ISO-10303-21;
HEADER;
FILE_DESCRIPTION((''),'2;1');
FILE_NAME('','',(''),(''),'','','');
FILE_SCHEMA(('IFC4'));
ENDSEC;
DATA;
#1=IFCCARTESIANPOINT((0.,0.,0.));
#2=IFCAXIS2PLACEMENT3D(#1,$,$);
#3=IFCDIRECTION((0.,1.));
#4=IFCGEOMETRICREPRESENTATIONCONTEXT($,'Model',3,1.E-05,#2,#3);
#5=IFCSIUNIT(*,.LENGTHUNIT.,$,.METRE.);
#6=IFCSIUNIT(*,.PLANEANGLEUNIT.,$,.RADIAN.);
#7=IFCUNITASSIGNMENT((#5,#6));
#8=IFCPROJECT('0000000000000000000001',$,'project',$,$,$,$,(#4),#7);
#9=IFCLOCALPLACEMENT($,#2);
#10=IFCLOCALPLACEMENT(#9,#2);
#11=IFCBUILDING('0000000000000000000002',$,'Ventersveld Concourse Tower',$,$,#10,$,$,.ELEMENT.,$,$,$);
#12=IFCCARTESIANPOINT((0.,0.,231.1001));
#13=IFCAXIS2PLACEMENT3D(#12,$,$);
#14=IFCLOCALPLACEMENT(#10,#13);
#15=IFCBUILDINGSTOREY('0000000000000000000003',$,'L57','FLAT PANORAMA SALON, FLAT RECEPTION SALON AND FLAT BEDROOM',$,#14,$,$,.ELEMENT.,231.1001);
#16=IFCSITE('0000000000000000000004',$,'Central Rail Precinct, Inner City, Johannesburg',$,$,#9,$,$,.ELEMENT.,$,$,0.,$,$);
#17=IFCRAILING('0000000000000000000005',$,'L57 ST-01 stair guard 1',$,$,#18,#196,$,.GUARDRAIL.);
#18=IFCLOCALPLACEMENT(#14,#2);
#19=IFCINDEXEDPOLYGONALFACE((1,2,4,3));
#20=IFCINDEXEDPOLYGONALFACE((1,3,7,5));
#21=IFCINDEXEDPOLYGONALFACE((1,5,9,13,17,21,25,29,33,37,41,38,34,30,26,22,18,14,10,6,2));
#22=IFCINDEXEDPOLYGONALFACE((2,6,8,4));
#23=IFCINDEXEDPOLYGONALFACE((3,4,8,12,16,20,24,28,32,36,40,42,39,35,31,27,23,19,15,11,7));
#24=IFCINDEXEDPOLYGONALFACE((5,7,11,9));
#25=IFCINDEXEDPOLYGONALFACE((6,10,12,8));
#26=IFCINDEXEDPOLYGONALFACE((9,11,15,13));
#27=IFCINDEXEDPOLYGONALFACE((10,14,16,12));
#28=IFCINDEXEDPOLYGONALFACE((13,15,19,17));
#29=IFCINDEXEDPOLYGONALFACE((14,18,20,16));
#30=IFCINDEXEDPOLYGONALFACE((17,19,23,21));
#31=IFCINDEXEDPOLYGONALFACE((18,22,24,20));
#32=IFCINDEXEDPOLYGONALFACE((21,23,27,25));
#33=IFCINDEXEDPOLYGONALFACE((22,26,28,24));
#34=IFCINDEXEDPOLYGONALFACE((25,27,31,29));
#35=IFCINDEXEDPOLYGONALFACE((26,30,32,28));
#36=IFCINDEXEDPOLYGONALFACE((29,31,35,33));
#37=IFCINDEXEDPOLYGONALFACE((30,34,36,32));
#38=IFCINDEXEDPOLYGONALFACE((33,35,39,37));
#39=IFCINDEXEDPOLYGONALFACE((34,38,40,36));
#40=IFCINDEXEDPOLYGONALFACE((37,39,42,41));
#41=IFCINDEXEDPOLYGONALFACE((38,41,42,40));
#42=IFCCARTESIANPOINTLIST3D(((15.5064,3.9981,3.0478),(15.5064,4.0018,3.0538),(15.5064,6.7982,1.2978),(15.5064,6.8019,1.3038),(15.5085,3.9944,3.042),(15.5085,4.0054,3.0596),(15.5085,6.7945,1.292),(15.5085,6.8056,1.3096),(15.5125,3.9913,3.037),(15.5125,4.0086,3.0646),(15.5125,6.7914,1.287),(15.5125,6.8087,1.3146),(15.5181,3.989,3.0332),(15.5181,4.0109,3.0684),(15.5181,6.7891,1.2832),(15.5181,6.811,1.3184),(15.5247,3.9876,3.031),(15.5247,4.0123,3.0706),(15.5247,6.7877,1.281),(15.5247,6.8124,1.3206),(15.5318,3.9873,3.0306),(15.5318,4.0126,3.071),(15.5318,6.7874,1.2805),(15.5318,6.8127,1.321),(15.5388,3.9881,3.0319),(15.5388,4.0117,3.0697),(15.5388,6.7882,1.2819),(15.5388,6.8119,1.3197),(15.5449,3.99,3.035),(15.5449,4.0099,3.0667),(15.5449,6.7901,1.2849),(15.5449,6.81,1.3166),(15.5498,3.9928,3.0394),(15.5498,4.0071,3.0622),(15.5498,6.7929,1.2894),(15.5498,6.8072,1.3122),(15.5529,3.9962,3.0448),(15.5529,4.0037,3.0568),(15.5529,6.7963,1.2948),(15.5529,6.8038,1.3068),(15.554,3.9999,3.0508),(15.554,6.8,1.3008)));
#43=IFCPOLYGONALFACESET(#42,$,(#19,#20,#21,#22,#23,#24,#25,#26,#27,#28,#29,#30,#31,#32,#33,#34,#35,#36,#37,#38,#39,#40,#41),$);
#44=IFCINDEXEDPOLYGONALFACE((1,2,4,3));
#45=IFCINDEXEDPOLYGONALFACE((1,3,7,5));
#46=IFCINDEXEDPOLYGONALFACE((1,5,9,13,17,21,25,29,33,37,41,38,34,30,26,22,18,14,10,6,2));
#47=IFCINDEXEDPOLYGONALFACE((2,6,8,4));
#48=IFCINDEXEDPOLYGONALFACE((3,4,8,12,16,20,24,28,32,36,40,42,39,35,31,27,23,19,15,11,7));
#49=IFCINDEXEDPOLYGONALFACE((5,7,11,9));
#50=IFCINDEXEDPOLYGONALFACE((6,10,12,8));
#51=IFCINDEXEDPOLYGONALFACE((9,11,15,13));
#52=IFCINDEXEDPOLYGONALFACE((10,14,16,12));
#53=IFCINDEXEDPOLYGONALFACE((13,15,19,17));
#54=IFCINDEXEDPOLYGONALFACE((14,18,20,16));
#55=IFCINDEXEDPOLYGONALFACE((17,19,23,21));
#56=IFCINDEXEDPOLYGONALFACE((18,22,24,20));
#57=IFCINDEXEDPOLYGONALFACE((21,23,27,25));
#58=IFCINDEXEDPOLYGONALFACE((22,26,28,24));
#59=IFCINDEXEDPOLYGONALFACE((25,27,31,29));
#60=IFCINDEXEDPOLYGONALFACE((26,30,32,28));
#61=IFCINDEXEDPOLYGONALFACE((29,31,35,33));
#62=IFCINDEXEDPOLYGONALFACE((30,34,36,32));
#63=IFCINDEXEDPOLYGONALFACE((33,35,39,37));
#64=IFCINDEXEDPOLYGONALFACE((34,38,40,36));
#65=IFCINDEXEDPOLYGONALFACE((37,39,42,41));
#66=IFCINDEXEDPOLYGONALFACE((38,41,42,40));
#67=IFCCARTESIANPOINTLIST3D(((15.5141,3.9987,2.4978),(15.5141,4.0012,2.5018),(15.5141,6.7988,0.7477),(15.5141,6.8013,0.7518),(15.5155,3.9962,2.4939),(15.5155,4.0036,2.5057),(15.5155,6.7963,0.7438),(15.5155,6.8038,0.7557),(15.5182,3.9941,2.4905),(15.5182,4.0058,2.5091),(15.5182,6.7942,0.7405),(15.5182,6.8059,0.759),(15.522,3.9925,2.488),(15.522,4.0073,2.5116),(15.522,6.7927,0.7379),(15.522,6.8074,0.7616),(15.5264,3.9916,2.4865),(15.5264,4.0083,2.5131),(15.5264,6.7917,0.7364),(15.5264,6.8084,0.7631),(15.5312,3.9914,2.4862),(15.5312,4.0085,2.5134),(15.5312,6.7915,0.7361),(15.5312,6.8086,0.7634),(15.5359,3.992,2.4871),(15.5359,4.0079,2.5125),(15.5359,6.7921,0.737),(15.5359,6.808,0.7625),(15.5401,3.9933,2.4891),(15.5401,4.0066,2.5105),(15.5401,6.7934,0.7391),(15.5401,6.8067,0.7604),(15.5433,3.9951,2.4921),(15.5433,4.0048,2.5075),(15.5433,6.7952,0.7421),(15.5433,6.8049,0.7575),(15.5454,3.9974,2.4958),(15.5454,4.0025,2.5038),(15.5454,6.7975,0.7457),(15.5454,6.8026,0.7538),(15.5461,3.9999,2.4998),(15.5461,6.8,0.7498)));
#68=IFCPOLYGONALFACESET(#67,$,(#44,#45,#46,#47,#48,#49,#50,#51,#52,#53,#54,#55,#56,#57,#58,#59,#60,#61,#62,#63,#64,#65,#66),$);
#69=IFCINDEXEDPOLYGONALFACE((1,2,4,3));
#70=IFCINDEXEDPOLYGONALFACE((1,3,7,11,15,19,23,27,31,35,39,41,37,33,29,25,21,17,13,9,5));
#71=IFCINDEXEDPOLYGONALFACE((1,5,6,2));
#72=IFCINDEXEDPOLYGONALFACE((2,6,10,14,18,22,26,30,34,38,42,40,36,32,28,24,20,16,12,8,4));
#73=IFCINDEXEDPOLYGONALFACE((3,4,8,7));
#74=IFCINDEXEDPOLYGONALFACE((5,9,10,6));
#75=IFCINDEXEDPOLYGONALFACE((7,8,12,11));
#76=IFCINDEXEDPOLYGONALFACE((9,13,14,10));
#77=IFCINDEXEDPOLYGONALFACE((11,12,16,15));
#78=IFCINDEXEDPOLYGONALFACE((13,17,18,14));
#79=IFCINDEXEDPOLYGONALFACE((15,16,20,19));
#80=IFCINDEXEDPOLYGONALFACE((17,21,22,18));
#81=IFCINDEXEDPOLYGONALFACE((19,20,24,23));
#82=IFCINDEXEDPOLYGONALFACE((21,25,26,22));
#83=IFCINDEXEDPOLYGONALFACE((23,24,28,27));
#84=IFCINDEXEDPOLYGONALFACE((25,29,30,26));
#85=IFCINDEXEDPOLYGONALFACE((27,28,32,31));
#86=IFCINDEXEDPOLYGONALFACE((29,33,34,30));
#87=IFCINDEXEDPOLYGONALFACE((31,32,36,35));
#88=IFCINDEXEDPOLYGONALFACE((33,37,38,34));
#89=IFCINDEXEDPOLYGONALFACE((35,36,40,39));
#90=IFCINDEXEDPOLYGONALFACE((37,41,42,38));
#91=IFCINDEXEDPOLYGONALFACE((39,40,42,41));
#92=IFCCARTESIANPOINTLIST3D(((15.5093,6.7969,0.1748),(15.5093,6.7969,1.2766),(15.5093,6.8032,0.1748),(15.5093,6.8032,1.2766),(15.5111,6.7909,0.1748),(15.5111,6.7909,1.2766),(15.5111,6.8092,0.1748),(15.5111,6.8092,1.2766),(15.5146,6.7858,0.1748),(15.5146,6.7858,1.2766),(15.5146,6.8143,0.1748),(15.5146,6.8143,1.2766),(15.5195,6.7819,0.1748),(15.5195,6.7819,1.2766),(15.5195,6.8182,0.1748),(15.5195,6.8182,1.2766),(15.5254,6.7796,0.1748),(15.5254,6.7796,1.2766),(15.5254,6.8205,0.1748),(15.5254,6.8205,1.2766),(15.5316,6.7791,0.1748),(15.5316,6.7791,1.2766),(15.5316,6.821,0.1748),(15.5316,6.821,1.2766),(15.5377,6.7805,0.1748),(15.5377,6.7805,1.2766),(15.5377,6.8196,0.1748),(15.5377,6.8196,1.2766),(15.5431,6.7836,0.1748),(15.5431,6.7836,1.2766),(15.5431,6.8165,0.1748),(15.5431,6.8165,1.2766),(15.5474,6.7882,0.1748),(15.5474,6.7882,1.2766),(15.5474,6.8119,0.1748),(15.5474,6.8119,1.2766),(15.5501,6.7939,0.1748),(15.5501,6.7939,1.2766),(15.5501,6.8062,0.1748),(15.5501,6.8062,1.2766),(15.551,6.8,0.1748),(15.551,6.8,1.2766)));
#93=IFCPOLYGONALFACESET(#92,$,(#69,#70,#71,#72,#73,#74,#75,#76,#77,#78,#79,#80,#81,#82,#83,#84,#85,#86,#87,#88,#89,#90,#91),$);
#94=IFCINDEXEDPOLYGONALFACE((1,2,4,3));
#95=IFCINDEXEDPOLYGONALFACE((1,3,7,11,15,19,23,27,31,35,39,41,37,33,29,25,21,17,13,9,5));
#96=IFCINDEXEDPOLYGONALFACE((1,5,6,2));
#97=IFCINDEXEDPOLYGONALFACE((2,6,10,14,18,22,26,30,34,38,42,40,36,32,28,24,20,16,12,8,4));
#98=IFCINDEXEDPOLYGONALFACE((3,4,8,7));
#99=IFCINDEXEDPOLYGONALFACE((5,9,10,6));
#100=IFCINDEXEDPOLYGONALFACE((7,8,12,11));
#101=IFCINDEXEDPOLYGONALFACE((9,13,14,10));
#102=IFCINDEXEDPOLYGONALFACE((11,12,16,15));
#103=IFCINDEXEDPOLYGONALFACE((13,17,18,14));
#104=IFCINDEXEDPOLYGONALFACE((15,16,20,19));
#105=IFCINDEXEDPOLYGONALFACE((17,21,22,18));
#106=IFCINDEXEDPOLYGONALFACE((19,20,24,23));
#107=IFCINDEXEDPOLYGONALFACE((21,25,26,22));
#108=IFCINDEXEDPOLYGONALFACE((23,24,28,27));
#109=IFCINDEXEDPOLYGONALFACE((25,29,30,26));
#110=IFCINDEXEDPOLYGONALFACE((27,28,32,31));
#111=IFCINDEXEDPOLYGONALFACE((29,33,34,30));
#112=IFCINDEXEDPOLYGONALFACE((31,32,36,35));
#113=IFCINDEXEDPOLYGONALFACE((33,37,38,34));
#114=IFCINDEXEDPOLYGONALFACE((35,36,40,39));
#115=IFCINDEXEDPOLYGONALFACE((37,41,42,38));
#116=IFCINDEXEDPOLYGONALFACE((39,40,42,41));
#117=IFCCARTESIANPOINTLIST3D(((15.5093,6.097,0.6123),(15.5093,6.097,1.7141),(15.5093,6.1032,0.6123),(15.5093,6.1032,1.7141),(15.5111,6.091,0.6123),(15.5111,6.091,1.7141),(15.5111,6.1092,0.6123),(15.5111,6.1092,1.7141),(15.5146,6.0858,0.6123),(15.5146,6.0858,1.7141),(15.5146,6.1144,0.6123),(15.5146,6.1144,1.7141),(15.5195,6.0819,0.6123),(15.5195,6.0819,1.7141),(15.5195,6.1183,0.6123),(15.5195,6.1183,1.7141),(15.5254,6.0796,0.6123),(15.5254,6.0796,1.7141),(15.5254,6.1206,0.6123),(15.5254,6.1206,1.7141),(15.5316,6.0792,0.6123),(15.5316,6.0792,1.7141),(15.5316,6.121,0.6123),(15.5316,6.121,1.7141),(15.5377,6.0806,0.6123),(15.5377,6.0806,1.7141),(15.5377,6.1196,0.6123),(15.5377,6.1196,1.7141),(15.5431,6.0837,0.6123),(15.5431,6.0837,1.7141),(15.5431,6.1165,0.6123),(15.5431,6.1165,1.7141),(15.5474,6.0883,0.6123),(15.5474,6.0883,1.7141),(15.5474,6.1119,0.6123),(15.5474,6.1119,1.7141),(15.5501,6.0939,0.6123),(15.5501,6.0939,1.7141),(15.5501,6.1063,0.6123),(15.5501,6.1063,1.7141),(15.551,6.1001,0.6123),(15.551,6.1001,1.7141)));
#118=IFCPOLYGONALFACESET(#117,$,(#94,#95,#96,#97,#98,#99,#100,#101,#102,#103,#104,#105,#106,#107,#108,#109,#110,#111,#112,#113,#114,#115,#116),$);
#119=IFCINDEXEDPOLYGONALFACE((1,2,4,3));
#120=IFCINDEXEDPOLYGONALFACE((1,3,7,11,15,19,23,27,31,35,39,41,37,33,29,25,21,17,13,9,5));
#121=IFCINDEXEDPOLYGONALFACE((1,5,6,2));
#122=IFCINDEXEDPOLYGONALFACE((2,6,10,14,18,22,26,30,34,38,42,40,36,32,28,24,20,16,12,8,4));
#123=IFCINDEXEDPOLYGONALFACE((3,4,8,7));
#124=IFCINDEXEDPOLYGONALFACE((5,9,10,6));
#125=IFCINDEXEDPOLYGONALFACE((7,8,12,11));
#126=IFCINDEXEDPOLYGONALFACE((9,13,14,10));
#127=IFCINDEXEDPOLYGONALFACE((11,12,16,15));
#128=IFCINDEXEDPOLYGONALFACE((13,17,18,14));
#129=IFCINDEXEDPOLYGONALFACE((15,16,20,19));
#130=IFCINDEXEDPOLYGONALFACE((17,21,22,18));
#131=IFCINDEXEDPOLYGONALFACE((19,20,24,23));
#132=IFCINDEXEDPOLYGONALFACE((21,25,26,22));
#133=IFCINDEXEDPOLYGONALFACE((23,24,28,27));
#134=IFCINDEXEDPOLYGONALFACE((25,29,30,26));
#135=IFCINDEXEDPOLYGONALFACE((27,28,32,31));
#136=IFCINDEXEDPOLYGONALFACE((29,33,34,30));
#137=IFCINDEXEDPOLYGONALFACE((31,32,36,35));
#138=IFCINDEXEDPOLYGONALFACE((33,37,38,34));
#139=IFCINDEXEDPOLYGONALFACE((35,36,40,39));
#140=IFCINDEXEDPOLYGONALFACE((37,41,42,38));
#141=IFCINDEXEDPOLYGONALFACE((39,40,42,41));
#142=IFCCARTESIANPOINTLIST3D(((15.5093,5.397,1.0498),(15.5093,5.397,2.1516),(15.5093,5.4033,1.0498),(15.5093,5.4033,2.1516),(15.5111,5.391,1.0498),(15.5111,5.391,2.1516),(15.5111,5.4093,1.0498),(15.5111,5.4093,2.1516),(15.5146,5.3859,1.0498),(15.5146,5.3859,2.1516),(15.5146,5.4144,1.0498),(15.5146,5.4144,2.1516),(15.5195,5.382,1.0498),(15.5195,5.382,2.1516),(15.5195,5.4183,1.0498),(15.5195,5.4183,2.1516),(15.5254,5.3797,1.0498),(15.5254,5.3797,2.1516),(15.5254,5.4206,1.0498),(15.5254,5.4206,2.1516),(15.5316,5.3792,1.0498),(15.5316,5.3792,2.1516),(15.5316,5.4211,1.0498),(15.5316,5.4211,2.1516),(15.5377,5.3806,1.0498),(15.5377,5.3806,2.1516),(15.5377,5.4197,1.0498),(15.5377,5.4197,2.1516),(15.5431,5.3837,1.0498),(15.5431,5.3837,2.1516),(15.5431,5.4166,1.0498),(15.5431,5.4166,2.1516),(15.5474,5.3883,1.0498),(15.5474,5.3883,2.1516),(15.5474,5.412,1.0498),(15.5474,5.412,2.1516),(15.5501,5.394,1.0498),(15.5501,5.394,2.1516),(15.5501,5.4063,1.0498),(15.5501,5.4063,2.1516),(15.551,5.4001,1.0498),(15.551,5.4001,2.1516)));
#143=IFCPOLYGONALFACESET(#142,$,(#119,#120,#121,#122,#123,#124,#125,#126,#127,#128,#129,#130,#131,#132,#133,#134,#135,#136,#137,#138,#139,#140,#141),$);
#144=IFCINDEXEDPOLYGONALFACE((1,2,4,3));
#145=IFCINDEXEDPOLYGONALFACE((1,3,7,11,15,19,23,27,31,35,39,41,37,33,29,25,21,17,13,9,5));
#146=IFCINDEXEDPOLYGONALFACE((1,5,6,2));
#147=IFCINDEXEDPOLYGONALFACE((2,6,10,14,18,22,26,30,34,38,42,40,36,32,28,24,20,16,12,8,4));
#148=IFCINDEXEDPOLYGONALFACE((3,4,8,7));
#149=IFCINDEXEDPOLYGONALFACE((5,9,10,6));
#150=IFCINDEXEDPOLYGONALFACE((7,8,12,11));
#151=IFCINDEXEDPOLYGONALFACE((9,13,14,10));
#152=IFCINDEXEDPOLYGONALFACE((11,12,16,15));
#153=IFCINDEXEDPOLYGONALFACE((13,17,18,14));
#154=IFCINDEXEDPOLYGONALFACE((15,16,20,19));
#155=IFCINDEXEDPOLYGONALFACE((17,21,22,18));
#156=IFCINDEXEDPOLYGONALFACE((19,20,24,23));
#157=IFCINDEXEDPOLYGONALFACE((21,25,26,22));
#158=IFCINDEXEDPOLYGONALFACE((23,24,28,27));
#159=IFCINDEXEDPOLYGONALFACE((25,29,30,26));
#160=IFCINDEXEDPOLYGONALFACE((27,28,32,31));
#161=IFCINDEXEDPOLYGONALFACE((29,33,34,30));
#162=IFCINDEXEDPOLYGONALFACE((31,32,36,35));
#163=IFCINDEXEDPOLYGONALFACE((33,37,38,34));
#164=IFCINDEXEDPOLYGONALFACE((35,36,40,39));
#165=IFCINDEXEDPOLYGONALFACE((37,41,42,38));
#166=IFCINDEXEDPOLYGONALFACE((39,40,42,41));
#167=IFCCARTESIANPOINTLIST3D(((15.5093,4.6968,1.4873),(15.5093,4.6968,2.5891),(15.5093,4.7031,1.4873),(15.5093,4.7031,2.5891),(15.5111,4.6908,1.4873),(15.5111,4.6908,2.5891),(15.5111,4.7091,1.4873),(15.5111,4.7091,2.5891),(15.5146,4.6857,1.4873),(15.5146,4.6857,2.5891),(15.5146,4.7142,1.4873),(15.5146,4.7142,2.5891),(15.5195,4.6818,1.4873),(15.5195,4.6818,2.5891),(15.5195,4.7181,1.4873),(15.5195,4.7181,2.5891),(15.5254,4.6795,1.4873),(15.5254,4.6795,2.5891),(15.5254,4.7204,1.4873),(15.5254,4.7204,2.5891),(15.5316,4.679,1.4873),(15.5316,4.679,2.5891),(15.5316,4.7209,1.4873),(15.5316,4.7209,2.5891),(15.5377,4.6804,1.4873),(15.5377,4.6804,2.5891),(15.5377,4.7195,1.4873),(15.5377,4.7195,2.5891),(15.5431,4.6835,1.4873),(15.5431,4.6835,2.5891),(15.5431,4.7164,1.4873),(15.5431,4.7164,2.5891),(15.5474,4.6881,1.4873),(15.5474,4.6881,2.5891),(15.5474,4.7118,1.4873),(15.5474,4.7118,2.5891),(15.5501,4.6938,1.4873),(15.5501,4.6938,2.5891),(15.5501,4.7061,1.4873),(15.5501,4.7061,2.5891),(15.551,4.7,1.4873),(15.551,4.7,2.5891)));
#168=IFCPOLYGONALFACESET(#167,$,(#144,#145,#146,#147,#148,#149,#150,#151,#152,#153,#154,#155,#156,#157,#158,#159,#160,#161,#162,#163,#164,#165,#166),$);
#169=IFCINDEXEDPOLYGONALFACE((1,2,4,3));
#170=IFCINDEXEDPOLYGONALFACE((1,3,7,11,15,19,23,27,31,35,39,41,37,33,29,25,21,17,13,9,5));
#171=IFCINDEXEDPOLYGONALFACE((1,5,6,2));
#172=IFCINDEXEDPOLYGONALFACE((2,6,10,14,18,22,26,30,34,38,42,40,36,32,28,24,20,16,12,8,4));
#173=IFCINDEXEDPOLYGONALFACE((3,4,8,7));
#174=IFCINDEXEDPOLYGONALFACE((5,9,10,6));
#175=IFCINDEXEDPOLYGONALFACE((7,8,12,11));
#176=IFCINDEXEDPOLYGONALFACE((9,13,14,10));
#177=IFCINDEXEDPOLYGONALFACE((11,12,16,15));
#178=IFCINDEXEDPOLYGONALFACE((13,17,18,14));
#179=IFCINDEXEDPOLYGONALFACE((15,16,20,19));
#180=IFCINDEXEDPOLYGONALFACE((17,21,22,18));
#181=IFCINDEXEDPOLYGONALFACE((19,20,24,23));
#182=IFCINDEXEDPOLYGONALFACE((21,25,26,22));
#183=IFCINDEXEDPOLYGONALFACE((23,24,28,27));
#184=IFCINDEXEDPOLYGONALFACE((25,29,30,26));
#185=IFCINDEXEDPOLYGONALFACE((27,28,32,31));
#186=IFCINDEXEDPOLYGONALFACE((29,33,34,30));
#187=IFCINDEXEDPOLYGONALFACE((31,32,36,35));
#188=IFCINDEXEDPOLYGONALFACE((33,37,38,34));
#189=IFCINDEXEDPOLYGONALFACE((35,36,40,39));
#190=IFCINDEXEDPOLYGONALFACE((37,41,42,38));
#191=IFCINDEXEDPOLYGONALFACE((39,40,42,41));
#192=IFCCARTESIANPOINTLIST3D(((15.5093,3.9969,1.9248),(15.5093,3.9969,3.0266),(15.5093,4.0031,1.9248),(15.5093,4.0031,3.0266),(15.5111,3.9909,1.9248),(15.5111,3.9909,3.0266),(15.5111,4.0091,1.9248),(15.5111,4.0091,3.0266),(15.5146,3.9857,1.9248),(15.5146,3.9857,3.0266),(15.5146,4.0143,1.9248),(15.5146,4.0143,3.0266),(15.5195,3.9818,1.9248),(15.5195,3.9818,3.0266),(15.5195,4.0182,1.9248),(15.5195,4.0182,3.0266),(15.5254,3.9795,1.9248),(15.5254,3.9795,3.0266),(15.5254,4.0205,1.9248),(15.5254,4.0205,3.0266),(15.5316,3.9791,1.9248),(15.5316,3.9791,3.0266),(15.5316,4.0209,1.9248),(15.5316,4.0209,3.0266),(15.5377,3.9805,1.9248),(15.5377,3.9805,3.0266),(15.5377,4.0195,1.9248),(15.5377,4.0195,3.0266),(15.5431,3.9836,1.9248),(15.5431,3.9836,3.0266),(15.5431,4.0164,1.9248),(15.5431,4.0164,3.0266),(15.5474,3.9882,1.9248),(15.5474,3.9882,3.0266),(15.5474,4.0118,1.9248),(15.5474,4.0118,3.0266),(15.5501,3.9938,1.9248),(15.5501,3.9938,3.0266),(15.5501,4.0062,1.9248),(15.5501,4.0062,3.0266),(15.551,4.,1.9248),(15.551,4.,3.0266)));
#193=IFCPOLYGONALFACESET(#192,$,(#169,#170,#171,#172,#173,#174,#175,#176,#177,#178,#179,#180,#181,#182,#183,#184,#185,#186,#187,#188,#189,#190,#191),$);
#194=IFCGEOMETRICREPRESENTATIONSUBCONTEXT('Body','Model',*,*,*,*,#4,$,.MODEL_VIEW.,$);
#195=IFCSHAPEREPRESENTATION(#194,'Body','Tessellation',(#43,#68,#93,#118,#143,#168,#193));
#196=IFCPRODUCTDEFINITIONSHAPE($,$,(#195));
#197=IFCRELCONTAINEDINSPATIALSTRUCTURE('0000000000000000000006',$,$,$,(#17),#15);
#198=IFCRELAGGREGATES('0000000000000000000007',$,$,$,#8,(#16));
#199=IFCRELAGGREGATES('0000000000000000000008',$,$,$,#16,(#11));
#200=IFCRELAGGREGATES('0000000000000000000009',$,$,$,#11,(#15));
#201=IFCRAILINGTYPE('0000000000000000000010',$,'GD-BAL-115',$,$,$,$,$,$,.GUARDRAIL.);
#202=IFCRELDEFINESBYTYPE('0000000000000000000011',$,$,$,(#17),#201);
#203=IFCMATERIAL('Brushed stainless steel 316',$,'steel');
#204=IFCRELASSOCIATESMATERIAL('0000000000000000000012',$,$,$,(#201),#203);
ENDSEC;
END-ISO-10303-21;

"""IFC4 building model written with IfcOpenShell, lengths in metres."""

from ifc_helpers import new_model, si_unit, direction, frame, origin, origin_2d, place, context, subcontext, project, spatial, circle, extrude, material, type_object, element, save


model = new_model("IFC4")

# Units and contexts
model_context = context("Model", 3, precision=1e-05, world=origin(), true_north=direction((0.0, 1.0)))
body_context = subcontext(model_context, "Body", "Model", "MODEL_VIEW")
ifc_project = project(units=[si_unit("LENGTHUNIT", "METRE"), si_unit("PLANEANGLEUNIT", "RADIAN")], contexts=[model_context])

# Site, building, storey
site_placement = place(None, origin())
site = spatial("IfcSite", under=ifc_project, at=site_placement, Name="Central Rail Precinct, Inner City, Johannesburg", CompositionType="ELEMENT", RefElevation=0.0)
building_placement = place(site_placement, origin())
building = spatial("IfcBuilding", under=site, at=building_placement, Name="Ventersveld Concourse Tower", CompositionType="ELEMENT")
storey_placement = place(building_placement, frame((0.0, 0.0, 231.1001)))
storey = spatial("IfcBuildingStorey", under=building, at=storey_placement, Name="L57", Description="FLAT PANORAMA SALON, FLAT RECEPTION SALON AND FLAT BEDROOM", CompositionType="ELEMENT", Elevation=231.1001)

# Shared definitions
ifc_material_1 = material(Name="Brushed stainless steel 316", Category="steel")

# Railing
railing_type_1 = type_object("IfcRailingType", Name="GD-BAL-115", PredefinedType="GUARDRAIL", material=ifc_material_1)
railing_1_placement = place(storey_placement, frame((15.53, 6.8, 0.1748)))
element("IfcRailing", 1, at=railing_1_placement, inside=storey, type_object=railing_type_1, Name="L57 ST-01 stair guard 1", PredefinedType="GUARDRAIL", context=body_context, shape_type="SweptSolid", body=[
    extrude(circle(Radius=0.0239, at=origin_2d()), frame((0.0, 0.0, 1.126), z_axis=(0.0, -0.848002, 0.529992), x_axis=(1.0, 0.0, 0.0)), (0.0, 0.0, 1.0), 3.302),
    extrude(circle(Radius=0.0161, at=origin_2d()), frame((0.0, 0.0, 0.575), z_axis=(0.0, -0.848002, 0.529992), x_axis=(1.0, 0.0, 0.0)), (0.0, 0.0, 1.0), 3.302),
    extrude(circle(Radius=0.021, at=origin_2d()), origin(), (0.0, 0.0, 1.0), 1.1018),
    extrude(circle(Radius=0.021, at=origin_2d()), frame((0.0, -0.7, 0.4375)), (0.0, 0.0, 1.0), 1.1018),
    extrude(circle(Radius=0.021, at=origin_2d()), frame((0.0, -1.3999, 0.875)), (0.0, 0.0, 1.0), 1.1018),
    extrude(circle(Radius=0.021, at=origin_2d()), frame((0.0, -2.1001, 1.3125)), (0.0, 0.0, 1.0), 1.1018),
    extrude(circle(Radius=0.021, at=origin_2d()), frame((0.0, -2.8, 1.75)), (0.0, 0.0, 1.0), 1.1018),
])

save(model, "model.ifc")
